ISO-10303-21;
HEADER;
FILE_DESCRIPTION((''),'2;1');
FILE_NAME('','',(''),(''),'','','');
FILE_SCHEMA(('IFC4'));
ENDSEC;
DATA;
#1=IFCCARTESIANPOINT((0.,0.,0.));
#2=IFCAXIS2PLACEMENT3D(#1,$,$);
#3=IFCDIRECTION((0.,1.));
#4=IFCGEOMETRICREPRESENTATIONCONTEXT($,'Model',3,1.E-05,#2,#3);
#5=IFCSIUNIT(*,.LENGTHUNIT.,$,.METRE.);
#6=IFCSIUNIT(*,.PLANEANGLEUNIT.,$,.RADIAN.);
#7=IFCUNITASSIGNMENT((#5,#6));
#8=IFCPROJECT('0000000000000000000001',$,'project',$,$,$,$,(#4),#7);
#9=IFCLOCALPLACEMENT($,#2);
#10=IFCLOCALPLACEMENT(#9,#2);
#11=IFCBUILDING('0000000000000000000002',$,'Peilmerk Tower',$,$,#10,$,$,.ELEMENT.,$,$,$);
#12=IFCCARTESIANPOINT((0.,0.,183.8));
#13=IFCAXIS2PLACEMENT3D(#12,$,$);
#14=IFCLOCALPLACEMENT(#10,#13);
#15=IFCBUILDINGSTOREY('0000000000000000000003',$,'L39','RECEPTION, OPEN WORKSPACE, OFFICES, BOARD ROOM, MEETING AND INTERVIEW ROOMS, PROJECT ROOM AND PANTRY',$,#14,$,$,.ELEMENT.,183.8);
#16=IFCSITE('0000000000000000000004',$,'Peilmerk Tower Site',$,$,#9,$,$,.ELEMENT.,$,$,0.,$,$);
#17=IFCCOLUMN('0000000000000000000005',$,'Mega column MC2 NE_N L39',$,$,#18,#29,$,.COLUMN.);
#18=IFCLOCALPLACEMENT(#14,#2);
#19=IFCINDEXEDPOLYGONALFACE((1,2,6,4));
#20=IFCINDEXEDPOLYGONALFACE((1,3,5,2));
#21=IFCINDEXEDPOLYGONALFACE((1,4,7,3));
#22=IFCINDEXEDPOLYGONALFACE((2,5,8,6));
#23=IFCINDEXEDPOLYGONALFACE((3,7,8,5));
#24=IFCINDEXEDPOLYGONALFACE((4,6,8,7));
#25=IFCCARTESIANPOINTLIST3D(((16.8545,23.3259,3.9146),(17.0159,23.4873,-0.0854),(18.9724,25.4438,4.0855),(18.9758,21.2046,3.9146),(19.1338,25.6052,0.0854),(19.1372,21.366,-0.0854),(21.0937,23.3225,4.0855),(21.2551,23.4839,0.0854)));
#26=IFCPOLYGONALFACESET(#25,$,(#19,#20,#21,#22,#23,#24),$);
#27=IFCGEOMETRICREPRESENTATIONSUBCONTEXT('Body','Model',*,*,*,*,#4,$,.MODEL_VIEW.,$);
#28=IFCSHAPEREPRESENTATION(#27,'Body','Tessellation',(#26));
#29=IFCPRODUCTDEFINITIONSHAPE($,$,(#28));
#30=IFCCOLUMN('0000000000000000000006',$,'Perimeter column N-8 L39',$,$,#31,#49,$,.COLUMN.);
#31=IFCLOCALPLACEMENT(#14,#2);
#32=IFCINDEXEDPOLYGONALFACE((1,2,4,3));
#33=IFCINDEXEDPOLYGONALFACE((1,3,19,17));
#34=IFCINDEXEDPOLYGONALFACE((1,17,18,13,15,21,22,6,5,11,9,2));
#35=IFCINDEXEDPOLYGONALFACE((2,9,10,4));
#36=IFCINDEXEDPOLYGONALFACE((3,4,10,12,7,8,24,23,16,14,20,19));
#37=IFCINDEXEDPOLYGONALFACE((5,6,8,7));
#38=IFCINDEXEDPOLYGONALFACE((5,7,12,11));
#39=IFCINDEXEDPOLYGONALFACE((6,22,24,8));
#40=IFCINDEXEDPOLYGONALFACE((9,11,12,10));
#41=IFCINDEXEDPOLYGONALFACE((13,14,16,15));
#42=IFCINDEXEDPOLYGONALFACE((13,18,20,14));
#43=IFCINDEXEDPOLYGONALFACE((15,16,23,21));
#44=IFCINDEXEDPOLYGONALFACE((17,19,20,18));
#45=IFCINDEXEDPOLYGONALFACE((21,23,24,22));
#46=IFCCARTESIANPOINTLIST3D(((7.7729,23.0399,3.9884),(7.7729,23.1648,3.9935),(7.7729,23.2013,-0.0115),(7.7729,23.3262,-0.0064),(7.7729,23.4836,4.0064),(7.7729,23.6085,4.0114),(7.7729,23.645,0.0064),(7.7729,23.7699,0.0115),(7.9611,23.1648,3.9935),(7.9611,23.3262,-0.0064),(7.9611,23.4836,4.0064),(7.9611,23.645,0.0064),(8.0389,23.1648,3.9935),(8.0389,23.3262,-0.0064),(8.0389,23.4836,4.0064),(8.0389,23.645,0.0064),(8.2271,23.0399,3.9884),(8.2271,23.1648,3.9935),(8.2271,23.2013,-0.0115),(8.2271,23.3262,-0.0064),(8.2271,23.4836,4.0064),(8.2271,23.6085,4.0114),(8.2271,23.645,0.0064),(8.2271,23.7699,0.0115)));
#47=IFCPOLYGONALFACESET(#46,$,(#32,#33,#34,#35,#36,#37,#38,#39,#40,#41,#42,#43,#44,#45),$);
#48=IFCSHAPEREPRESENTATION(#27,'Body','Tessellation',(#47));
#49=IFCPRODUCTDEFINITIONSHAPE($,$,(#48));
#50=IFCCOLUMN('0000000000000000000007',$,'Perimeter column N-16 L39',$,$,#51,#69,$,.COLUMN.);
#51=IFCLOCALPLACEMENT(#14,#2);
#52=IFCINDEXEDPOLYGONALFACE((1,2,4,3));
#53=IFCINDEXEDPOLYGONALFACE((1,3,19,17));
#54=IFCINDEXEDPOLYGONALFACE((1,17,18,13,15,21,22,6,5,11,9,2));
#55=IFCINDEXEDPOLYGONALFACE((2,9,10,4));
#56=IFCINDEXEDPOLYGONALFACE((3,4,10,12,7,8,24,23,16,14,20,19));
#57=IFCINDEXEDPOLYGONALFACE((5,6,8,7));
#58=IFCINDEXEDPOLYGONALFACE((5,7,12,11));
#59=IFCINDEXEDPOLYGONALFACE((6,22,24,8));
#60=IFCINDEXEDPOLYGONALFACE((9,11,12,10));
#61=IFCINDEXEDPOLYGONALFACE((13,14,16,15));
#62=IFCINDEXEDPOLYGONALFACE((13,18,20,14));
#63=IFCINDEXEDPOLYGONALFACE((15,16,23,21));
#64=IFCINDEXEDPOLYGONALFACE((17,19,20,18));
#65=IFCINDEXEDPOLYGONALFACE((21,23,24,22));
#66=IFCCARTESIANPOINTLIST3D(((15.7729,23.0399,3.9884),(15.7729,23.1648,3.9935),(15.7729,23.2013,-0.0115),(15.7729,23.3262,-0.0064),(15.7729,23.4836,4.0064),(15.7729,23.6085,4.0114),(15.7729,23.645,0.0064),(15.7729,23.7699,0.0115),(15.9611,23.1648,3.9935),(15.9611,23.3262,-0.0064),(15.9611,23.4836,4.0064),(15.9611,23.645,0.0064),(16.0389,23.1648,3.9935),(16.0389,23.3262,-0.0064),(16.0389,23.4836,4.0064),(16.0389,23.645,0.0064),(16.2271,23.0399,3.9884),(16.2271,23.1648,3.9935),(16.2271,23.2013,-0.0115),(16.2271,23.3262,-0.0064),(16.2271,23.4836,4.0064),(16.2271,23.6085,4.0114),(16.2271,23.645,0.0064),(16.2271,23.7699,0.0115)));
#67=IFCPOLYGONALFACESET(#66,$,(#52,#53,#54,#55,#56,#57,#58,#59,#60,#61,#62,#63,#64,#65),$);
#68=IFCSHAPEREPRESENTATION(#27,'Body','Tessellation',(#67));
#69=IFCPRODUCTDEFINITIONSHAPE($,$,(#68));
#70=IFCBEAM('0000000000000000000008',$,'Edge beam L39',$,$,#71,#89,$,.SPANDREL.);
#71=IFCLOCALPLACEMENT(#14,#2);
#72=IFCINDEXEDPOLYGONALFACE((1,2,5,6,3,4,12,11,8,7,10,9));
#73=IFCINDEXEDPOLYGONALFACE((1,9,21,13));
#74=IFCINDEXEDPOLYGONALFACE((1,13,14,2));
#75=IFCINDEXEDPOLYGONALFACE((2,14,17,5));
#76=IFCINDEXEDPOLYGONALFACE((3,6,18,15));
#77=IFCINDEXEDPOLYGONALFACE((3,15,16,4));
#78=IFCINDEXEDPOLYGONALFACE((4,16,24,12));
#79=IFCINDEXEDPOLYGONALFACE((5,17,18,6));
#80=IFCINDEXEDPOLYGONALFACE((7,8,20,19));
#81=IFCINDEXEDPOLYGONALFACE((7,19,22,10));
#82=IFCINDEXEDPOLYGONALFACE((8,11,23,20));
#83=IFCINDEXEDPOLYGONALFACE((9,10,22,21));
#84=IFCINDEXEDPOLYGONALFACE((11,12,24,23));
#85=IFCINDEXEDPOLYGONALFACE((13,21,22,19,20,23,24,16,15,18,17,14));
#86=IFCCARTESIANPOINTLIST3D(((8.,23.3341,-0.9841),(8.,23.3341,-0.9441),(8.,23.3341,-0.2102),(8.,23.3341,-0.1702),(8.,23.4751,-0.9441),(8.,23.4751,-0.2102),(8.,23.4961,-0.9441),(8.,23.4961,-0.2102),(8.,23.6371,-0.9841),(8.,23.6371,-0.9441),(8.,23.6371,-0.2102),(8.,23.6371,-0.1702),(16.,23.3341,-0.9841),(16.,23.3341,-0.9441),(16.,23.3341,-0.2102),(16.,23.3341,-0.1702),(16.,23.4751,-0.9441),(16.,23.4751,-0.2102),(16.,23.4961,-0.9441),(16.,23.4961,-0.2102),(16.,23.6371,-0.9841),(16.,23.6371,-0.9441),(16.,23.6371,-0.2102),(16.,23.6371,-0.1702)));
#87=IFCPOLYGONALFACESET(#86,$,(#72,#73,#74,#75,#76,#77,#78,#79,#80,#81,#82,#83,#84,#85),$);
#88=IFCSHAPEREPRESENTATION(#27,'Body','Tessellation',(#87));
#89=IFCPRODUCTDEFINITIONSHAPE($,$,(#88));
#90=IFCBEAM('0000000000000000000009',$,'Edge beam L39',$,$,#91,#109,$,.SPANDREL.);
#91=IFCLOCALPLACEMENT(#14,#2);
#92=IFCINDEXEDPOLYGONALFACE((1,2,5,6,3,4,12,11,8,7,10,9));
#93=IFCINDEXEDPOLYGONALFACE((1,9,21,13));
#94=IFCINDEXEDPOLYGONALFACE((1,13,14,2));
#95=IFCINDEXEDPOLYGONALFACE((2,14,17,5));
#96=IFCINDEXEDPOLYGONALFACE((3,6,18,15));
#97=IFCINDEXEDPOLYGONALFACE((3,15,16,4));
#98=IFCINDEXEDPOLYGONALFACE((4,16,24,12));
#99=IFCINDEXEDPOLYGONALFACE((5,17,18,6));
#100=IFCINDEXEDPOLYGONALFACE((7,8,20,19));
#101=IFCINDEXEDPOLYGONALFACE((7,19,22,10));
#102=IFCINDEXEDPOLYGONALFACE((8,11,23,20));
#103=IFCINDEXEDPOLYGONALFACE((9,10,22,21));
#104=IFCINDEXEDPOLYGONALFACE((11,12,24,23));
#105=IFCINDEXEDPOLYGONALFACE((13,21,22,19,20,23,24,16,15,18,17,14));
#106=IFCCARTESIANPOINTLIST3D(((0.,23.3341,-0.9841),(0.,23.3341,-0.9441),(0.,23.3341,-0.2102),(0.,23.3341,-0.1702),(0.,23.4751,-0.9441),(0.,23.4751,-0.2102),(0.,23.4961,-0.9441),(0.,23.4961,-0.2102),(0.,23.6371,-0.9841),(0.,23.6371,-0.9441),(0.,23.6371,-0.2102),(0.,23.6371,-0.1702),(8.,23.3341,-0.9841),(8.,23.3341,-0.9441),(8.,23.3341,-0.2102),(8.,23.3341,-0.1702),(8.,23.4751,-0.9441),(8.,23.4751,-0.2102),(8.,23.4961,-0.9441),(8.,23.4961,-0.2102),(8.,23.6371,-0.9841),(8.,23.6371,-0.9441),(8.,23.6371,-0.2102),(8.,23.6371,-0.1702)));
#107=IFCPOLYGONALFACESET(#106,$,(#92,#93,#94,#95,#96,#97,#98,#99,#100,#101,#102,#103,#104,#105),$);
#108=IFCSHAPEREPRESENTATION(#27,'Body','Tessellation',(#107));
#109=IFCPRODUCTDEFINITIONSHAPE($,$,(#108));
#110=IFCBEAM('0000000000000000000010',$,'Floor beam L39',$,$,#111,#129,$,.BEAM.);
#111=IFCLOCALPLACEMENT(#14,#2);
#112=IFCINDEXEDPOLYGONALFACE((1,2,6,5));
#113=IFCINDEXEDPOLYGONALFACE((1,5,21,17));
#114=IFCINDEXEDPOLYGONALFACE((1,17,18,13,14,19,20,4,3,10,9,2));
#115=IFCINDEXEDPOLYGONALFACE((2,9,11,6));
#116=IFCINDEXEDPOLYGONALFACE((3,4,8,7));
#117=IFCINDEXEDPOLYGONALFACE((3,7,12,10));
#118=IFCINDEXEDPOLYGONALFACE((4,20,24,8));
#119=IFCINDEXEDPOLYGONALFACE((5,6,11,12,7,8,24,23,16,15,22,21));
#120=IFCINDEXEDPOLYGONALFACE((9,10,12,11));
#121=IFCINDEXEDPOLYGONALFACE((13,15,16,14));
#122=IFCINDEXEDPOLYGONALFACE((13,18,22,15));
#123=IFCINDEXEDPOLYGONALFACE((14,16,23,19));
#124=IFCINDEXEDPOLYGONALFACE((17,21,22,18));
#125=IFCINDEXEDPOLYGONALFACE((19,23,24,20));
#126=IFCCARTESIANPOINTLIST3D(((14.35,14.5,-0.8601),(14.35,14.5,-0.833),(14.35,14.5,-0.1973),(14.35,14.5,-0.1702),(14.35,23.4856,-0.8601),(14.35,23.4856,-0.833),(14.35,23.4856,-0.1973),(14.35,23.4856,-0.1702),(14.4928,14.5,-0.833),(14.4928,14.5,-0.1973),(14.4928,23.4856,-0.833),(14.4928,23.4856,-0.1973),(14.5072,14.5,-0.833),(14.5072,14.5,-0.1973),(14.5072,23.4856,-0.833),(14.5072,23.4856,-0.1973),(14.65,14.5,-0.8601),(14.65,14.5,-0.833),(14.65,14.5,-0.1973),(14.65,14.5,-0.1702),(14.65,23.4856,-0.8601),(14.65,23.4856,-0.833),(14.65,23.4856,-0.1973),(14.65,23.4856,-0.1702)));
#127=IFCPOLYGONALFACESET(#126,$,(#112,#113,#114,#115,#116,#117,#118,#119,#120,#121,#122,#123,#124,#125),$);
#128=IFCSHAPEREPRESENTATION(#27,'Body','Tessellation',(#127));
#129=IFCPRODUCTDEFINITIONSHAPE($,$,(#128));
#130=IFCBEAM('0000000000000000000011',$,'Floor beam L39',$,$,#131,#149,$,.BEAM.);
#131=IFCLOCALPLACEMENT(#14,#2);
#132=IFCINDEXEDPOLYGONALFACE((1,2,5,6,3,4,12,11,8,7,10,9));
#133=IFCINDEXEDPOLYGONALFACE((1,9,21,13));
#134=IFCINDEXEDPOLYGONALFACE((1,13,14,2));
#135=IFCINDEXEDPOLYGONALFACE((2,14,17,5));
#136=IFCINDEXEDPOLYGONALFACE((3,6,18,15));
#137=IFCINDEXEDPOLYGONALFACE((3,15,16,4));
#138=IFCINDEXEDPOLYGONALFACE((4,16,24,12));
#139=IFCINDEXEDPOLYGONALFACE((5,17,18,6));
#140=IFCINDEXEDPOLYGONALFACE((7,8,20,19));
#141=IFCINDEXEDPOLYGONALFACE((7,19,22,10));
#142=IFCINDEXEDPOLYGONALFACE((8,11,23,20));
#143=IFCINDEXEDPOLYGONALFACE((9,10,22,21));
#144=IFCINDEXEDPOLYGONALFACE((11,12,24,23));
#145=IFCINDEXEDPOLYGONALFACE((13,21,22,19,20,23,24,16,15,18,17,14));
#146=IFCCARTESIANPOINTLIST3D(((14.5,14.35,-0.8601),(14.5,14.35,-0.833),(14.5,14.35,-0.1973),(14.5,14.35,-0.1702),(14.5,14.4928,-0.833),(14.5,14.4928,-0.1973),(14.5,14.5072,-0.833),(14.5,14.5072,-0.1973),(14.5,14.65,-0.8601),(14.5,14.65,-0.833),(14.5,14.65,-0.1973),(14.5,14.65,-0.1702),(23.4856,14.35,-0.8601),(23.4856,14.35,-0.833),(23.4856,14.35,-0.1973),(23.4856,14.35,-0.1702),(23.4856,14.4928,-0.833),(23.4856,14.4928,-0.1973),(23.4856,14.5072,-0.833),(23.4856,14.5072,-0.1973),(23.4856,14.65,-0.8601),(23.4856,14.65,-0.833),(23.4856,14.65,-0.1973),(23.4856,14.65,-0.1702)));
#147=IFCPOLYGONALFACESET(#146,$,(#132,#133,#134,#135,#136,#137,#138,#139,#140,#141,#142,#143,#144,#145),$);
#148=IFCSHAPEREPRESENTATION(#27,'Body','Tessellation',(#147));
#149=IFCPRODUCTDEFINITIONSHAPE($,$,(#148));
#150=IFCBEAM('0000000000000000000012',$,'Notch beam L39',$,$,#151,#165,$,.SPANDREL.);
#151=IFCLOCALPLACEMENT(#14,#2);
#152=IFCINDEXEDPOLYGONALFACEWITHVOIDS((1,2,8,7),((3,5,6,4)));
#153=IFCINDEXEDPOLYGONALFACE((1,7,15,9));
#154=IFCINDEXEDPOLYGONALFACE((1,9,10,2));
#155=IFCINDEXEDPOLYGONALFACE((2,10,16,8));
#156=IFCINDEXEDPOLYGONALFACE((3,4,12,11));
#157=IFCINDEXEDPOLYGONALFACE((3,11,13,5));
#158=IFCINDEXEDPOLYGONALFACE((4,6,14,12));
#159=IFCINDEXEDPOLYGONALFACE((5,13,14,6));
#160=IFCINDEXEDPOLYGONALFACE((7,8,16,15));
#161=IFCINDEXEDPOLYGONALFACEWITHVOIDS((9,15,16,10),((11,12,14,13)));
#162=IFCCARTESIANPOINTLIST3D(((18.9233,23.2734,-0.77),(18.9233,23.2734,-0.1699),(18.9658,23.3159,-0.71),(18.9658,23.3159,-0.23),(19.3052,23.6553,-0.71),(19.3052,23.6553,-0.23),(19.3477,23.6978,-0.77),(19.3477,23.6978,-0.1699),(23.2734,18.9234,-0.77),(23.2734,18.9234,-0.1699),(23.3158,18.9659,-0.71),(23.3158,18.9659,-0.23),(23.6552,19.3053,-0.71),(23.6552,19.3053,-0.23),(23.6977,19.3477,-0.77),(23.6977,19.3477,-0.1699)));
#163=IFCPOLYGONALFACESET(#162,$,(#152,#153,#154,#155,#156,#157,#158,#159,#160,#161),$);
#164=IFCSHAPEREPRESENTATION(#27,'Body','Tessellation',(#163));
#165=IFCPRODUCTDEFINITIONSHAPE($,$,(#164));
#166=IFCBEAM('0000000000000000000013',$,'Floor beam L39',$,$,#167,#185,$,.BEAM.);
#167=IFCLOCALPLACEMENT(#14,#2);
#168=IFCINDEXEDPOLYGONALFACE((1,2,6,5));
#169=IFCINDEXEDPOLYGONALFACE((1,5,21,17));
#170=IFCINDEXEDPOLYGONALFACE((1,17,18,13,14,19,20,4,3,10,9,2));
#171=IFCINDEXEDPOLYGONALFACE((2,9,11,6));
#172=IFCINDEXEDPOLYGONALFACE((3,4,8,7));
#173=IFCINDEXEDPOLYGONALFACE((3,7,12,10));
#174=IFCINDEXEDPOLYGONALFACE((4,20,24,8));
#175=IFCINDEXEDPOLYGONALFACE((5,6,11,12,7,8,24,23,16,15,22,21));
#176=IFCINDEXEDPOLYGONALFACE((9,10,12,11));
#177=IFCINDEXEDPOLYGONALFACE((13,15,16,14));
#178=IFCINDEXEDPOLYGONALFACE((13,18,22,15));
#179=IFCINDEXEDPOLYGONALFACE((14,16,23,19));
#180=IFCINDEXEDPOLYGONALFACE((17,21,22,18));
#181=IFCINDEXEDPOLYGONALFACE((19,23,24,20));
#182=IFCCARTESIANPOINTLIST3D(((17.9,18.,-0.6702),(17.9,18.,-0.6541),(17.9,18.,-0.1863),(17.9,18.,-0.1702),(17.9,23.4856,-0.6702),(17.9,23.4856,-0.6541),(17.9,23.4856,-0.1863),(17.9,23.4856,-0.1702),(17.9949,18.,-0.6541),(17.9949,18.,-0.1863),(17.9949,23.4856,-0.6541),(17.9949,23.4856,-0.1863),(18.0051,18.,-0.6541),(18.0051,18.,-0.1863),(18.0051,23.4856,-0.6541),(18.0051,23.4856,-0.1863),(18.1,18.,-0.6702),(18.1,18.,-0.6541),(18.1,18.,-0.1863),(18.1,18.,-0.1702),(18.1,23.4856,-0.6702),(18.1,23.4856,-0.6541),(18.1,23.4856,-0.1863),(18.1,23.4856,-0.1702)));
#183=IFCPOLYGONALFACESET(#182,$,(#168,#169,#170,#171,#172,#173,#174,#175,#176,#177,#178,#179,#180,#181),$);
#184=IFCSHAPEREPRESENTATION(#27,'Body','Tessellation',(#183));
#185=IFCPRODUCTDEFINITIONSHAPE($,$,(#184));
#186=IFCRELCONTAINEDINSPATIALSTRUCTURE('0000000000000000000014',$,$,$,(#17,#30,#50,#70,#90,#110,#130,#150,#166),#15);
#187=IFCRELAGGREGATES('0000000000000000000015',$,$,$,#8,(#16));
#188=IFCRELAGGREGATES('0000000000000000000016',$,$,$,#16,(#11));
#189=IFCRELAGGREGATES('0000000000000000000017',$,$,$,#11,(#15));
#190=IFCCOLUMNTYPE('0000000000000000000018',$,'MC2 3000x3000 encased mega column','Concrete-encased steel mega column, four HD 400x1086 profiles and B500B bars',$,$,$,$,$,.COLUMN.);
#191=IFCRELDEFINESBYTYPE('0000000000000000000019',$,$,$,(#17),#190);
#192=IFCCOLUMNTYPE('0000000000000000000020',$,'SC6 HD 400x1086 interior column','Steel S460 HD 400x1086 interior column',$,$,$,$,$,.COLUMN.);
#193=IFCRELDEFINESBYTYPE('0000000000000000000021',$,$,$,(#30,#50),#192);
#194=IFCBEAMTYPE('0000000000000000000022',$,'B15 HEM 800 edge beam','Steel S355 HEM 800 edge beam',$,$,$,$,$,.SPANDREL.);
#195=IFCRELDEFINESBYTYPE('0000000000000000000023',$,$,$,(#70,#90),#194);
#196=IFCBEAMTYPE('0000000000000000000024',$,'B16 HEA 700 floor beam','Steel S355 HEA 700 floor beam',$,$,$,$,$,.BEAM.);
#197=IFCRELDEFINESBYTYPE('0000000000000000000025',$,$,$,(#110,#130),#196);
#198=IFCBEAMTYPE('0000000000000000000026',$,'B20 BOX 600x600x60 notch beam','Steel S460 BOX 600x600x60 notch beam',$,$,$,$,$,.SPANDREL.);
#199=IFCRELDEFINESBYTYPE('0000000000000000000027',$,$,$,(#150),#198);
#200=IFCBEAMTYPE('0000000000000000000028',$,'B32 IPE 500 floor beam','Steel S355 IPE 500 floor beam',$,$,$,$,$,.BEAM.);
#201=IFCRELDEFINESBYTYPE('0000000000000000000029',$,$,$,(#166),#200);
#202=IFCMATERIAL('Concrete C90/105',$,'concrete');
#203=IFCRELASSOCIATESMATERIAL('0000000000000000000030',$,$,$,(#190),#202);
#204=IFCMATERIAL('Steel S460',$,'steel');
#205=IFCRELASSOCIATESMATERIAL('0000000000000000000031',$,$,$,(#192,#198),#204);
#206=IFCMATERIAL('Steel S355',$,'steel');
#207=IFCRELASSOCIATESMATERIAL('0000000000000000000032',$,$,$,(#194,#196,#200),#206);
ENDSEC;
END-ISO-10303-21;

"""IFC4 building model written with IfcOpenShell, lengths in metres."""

from ifc_helpers import new_model, si_unit, direction, frame, origin, origin_2d, place, context, subcontext, project, spatial, rectangle, hollow_rectangle, i_section, extrude, material, material_profile, profile_set, type_object, element, save


model = new_model("IFC4")

# Units and contexts
model_context = context("Model", 3, precision=1e-05, world=origin(), true_north=direction((0.0, 1.0)))
body_context = subcontext(model_context, "Body", "Model", "MODEL_VIEW")
ifc_project = project(units=[si_unit("LENGTHUNIT", "METRE"), si_unit("PLANEANGLEUNIT", "RADIAN")], contexts=[model_context])

# Site, building, storey
site_placement = place(None, origin())
site = spatial("IfcSite", under=ifc_project, at=site_placement, Name="Peilmerk Tower Site", CompositionType="ELEMENT", RefElevation=0.0)
building_placement = place(site_placement, origin())
building = spatial("IfcBuilding", under=site, at=building_placement, Name="Peilmerk Tower", CompositionType="ELEMENT")
storey_placement = place(building_placement, frame((0.0, 0.0, 183.8)))
storey = spatial("IfcBuildingStorey", under=building, at=storey_placement, Name="L39", Description="RECEPTION, OPEN WORKSPACE, OFFICES, BOARD ROOM, MEETING AND INTERVIEW ROOMS, PROJECT ROOM AND PANTRY", CompositionType="ELEMENT", Elevation=183.8)

# Columns
ifc_material_1 = material(Name="Concrete C90/105", Category="concrete")
ifc_material_profile_1 = material_profile(ifc_material_1, rectangle(XDim=3.0, YDim=3.0, at=origin_2d()), Name="RC 3000x3000")
ifc_profile_set_1 = profile_set([ifc_material_profile_1], Name="Concrete C90/105")
column_type_1 = type_object("IfcColumnType", Name="MC2 3000x3000 encased mega column", Description="Concrete-encased steel mega column, four HD 400x1086 profiles and B500B bars", PredefinedType="COLUMN", material=ifc_profile_set_1)
column_placement = place(storey_placement, frame((19.1355, 23.4856, 0.0), z_axis=(-0.040279, -0.040279, 0.998376), x_axis=(0.707107, -0.707107, 0.0)))
element("IfcColumn", 1, at=column_placement, inside=storey, type_object=column_type_1, Name="Mega column MC2 NE_N L39", PredefinedType="COLUMN", context=body_context, shape_type="SweptSolid", body=[
    extrude(rectangle(XDim=3.0, YDim=3.0, at=origin_2d()), origin(), (0.0, 0.0, 1.0), 4.0066),
])
ifc_material_2 = material(Name="Steel S460", Category="steel")
ifc_material_profile_2 = material_profile(ifc_material_2, i_section(OverallWidth=0.4541, OverallDepth=0.5691, WebThickness=0.0779, FlangeThickness=0.125, at=origin_2d()), Name="HD 400x1086")
ifc_profile_set_2 = profile_set([ifc_material_profile_2], Name="Steel S460")
column_type_2 = type_object("IfcColumnType", Name="SC6 HD 400x1086 interior column", Description="Steel S460 HD 400x1086 interior column", PredefinedType="COLUMN", material=ifc_profile_set_2)
for number, where, z_axis, x_axis, name in (
    (2, (8.0, 23.4856, 0.0), (0.0, -0.040311, 0.999187), (1.0, 0.0, 0.0), "Perimeter column N-8 L39"),
    (3, (16.0, 23.4856, 0.0), (0.0, -0.040311, 0.999187), (1.0, 0.0, 0.0), "Perimeter column N-16 L39"),
):
    element("IfcColumn", number, at=place(storey_placement, frame(where, z_axis=z_axis, x_axis=x_axis)), inside=storey, type_object=column_type_2, Name=name, PredefinedType="COLUMN", context=body_context, shape_type="SweptSolid", body=[
        extrude(i_section(OverallWidth=0.4541, OverallDepth=0.5691, WebThickness=0.0779, FlangeThickness=0.125, at=origin_2d()), origin(), (0.0, 0.0, 1.0), 4.0032),
    ])

# Beams
ifc_material_3 = material(Name="Steel S355", Category="steel")
ifc_material_profile_3 = material_profile(ifc_material_3, i_section(OverallWidth=0.303, OverallDepth=0.814, WebThickness=0.021, FlangeThickness=0.04, at=origin_2d()), Name="HEM 800")
ifc_profile_set_3 = profile_set([ifc_material_profile_3], Name="Steel S355")
beam_type_1 = type_object("IfcBeamType", Name="B15 HEM 800 edge beam", Description="Steel S355 HEM 800 edge beam", PredefinedType="SPANDREL", material=ifc_profile_set_3)
for number, where, z_axis, x_axis, name in (
    (4, (16.0, 23.4856, -0.5771), (-1.0, 0.0, 0.0), (0.0, -1.0, 0.0), "Edge beam L39"),
    (5, (8.0, 23.4856, -0.5771), (-1.0, 0.0, 0.0), (0.0, -1.0, 0.0), "Edge beam L39"),
):
    element("IfcBeam", number, at=place(storey_placement, frame(where, z_axis=z_axis, x_axis=x_axis)), inside=storey, type_object=beam_type_1, Name=name, PredefinedType="SPANDREL", context=body_context, shape_type="SweptSolid", body=[
        extrude(i_section(OverallWidth=0.303, OverallDepth=0.814, WebThickness=0.021, FlangeThickness=0.04, at=origin_2d()), origin(), (0.0, 0.0, 1.0), 8.0),
    ])
ifc_material_profile_4 = material_profile(ifc_material_3, i_section(OverallWidth=0.3, OverallDepth=0.6899, WebThickness=0.0144, FlangeThickness=0.0271, at=origin_2d()), Name="HEA 700")
ifc_profile_set_4 = profile_set([ifc_material_profile_4], Name="Steel S355")
beam_type_2 = type_object("IfcBeamType", Name="B16 HEA 700 floor beam", Description="Steel S355 HEA 700 floor beam", PredefinedType="BEAM", material=ifc_profile_set_4)
for number, where, z_axis, x_axis, name in (
    (6, (14.5, 14.5, -0.5151), (0.0, 1.0, 0.0), (-1.0, 0.0, 0.0), "Floor beam L39"),
    (7, (14.5, 14.5, -0.5151), (1.0, 0.0, 0.0), (0.0, 1.0, 0.0), "Floor beam L39"),
):
    element("IfcBeam", number, at=place(storey_placement, frame(where, z_axis=z_axis, x_axis=x_axis)), inside=storey, type_object=beam_type_2, Name=name, PredefinedType="BEAM", context=body_context, shape_type="SweptSolid", body=[
        extrude(i_section(OverallWidth=0.3, OverallDepth=0.6899, WebThickness=0.0144, FlangeThickness=0.0271, at=origin_2d()), origin(), (0.0, 0.0, 1.0), 8.9856),
    ])
ifc_material_profile_5 = material_profile(ifc_material_2, hollow_rectangle(XDim=0.6001, YDim=0.6001, WallThickness=0.0601, at=origin_2d()), Name="BOX 600x600x60")
ifc_profile_set_5 = profile_set([ifc_material_profile_5], Name="Steel S460")
beam_type_3 = type_object("IfcBeamType", Name="B20 BOX 600x600x60 notch beam", Description="Steel S460 BOX 600x600x60 notch beam", PredefinedType="SPANDREL", material=ifc_profile_set_5)
beam_1_placement = place(storey_placement, frame((19.1355, 23.4856, -0.47), z_axis=(0.707107, -0.707107, 0.0), x_axis=(0.707107, 0.707107, 0.0)))
element("IfcBeam", 8, at=beam_1_placement, inside=storey, type_object=beam_type_3, Name="Notch beam L39", PredefinedType="SPANDREL", context=body_context, shape_type="SweptSolid", body=[
    extrude(hollow_rectangle(XDim=0.6001, YDim=0.6001, WallThickness=0.0601, at=origin_2d()), origin(), (0.0, 0.0, 1.0), 6.1519),
])
ifc_material_profile_6 = material_profile(ifc_material_3, i_section(OverallWidth=0.2, OverallDepth=0.5, WebThickness=0.0103, FlangeThickness=0.0161, at=origin_2d()), Name="IPE 500")
ifc_profile_set_6 = profile_set([ifc_material_profile_6], Name="Steel S355")
beam_type_4 = type_object("IfcBeamType", Name="B32 IPE 500 floor beam", Description="Steel S355 IPE 500 floor beam", PredefinedType="BEAM", material=ifc_profile_set_6)
for number, where, z_axis, x_axis, name in (
    (9, (18.0, 18.0, -0.4202), (0.0, 1.0, 0.0), (-1.0, 0.0, 0.0), "Floor beam L39"),
):
    element("IfcBeam", number, at=place(storey_placement, frame(where, z_axis=z_axis, x_axis=x_axis)), inside=storey, type_object=beam_type_4, Name=name, PredefinedType="BEAM", context=body_context, shape_type="SweptSolid", body=[
        extrude(i_section(OverallWidth=0.2, OverallDepth=0.5, WebThickness=0.0103, FlangeThickness=0.0161, at=origin_2d()), origin(), (0.0, 0.0, 1.0), 5.4856),
    ])

save(model, "model.ifc")
